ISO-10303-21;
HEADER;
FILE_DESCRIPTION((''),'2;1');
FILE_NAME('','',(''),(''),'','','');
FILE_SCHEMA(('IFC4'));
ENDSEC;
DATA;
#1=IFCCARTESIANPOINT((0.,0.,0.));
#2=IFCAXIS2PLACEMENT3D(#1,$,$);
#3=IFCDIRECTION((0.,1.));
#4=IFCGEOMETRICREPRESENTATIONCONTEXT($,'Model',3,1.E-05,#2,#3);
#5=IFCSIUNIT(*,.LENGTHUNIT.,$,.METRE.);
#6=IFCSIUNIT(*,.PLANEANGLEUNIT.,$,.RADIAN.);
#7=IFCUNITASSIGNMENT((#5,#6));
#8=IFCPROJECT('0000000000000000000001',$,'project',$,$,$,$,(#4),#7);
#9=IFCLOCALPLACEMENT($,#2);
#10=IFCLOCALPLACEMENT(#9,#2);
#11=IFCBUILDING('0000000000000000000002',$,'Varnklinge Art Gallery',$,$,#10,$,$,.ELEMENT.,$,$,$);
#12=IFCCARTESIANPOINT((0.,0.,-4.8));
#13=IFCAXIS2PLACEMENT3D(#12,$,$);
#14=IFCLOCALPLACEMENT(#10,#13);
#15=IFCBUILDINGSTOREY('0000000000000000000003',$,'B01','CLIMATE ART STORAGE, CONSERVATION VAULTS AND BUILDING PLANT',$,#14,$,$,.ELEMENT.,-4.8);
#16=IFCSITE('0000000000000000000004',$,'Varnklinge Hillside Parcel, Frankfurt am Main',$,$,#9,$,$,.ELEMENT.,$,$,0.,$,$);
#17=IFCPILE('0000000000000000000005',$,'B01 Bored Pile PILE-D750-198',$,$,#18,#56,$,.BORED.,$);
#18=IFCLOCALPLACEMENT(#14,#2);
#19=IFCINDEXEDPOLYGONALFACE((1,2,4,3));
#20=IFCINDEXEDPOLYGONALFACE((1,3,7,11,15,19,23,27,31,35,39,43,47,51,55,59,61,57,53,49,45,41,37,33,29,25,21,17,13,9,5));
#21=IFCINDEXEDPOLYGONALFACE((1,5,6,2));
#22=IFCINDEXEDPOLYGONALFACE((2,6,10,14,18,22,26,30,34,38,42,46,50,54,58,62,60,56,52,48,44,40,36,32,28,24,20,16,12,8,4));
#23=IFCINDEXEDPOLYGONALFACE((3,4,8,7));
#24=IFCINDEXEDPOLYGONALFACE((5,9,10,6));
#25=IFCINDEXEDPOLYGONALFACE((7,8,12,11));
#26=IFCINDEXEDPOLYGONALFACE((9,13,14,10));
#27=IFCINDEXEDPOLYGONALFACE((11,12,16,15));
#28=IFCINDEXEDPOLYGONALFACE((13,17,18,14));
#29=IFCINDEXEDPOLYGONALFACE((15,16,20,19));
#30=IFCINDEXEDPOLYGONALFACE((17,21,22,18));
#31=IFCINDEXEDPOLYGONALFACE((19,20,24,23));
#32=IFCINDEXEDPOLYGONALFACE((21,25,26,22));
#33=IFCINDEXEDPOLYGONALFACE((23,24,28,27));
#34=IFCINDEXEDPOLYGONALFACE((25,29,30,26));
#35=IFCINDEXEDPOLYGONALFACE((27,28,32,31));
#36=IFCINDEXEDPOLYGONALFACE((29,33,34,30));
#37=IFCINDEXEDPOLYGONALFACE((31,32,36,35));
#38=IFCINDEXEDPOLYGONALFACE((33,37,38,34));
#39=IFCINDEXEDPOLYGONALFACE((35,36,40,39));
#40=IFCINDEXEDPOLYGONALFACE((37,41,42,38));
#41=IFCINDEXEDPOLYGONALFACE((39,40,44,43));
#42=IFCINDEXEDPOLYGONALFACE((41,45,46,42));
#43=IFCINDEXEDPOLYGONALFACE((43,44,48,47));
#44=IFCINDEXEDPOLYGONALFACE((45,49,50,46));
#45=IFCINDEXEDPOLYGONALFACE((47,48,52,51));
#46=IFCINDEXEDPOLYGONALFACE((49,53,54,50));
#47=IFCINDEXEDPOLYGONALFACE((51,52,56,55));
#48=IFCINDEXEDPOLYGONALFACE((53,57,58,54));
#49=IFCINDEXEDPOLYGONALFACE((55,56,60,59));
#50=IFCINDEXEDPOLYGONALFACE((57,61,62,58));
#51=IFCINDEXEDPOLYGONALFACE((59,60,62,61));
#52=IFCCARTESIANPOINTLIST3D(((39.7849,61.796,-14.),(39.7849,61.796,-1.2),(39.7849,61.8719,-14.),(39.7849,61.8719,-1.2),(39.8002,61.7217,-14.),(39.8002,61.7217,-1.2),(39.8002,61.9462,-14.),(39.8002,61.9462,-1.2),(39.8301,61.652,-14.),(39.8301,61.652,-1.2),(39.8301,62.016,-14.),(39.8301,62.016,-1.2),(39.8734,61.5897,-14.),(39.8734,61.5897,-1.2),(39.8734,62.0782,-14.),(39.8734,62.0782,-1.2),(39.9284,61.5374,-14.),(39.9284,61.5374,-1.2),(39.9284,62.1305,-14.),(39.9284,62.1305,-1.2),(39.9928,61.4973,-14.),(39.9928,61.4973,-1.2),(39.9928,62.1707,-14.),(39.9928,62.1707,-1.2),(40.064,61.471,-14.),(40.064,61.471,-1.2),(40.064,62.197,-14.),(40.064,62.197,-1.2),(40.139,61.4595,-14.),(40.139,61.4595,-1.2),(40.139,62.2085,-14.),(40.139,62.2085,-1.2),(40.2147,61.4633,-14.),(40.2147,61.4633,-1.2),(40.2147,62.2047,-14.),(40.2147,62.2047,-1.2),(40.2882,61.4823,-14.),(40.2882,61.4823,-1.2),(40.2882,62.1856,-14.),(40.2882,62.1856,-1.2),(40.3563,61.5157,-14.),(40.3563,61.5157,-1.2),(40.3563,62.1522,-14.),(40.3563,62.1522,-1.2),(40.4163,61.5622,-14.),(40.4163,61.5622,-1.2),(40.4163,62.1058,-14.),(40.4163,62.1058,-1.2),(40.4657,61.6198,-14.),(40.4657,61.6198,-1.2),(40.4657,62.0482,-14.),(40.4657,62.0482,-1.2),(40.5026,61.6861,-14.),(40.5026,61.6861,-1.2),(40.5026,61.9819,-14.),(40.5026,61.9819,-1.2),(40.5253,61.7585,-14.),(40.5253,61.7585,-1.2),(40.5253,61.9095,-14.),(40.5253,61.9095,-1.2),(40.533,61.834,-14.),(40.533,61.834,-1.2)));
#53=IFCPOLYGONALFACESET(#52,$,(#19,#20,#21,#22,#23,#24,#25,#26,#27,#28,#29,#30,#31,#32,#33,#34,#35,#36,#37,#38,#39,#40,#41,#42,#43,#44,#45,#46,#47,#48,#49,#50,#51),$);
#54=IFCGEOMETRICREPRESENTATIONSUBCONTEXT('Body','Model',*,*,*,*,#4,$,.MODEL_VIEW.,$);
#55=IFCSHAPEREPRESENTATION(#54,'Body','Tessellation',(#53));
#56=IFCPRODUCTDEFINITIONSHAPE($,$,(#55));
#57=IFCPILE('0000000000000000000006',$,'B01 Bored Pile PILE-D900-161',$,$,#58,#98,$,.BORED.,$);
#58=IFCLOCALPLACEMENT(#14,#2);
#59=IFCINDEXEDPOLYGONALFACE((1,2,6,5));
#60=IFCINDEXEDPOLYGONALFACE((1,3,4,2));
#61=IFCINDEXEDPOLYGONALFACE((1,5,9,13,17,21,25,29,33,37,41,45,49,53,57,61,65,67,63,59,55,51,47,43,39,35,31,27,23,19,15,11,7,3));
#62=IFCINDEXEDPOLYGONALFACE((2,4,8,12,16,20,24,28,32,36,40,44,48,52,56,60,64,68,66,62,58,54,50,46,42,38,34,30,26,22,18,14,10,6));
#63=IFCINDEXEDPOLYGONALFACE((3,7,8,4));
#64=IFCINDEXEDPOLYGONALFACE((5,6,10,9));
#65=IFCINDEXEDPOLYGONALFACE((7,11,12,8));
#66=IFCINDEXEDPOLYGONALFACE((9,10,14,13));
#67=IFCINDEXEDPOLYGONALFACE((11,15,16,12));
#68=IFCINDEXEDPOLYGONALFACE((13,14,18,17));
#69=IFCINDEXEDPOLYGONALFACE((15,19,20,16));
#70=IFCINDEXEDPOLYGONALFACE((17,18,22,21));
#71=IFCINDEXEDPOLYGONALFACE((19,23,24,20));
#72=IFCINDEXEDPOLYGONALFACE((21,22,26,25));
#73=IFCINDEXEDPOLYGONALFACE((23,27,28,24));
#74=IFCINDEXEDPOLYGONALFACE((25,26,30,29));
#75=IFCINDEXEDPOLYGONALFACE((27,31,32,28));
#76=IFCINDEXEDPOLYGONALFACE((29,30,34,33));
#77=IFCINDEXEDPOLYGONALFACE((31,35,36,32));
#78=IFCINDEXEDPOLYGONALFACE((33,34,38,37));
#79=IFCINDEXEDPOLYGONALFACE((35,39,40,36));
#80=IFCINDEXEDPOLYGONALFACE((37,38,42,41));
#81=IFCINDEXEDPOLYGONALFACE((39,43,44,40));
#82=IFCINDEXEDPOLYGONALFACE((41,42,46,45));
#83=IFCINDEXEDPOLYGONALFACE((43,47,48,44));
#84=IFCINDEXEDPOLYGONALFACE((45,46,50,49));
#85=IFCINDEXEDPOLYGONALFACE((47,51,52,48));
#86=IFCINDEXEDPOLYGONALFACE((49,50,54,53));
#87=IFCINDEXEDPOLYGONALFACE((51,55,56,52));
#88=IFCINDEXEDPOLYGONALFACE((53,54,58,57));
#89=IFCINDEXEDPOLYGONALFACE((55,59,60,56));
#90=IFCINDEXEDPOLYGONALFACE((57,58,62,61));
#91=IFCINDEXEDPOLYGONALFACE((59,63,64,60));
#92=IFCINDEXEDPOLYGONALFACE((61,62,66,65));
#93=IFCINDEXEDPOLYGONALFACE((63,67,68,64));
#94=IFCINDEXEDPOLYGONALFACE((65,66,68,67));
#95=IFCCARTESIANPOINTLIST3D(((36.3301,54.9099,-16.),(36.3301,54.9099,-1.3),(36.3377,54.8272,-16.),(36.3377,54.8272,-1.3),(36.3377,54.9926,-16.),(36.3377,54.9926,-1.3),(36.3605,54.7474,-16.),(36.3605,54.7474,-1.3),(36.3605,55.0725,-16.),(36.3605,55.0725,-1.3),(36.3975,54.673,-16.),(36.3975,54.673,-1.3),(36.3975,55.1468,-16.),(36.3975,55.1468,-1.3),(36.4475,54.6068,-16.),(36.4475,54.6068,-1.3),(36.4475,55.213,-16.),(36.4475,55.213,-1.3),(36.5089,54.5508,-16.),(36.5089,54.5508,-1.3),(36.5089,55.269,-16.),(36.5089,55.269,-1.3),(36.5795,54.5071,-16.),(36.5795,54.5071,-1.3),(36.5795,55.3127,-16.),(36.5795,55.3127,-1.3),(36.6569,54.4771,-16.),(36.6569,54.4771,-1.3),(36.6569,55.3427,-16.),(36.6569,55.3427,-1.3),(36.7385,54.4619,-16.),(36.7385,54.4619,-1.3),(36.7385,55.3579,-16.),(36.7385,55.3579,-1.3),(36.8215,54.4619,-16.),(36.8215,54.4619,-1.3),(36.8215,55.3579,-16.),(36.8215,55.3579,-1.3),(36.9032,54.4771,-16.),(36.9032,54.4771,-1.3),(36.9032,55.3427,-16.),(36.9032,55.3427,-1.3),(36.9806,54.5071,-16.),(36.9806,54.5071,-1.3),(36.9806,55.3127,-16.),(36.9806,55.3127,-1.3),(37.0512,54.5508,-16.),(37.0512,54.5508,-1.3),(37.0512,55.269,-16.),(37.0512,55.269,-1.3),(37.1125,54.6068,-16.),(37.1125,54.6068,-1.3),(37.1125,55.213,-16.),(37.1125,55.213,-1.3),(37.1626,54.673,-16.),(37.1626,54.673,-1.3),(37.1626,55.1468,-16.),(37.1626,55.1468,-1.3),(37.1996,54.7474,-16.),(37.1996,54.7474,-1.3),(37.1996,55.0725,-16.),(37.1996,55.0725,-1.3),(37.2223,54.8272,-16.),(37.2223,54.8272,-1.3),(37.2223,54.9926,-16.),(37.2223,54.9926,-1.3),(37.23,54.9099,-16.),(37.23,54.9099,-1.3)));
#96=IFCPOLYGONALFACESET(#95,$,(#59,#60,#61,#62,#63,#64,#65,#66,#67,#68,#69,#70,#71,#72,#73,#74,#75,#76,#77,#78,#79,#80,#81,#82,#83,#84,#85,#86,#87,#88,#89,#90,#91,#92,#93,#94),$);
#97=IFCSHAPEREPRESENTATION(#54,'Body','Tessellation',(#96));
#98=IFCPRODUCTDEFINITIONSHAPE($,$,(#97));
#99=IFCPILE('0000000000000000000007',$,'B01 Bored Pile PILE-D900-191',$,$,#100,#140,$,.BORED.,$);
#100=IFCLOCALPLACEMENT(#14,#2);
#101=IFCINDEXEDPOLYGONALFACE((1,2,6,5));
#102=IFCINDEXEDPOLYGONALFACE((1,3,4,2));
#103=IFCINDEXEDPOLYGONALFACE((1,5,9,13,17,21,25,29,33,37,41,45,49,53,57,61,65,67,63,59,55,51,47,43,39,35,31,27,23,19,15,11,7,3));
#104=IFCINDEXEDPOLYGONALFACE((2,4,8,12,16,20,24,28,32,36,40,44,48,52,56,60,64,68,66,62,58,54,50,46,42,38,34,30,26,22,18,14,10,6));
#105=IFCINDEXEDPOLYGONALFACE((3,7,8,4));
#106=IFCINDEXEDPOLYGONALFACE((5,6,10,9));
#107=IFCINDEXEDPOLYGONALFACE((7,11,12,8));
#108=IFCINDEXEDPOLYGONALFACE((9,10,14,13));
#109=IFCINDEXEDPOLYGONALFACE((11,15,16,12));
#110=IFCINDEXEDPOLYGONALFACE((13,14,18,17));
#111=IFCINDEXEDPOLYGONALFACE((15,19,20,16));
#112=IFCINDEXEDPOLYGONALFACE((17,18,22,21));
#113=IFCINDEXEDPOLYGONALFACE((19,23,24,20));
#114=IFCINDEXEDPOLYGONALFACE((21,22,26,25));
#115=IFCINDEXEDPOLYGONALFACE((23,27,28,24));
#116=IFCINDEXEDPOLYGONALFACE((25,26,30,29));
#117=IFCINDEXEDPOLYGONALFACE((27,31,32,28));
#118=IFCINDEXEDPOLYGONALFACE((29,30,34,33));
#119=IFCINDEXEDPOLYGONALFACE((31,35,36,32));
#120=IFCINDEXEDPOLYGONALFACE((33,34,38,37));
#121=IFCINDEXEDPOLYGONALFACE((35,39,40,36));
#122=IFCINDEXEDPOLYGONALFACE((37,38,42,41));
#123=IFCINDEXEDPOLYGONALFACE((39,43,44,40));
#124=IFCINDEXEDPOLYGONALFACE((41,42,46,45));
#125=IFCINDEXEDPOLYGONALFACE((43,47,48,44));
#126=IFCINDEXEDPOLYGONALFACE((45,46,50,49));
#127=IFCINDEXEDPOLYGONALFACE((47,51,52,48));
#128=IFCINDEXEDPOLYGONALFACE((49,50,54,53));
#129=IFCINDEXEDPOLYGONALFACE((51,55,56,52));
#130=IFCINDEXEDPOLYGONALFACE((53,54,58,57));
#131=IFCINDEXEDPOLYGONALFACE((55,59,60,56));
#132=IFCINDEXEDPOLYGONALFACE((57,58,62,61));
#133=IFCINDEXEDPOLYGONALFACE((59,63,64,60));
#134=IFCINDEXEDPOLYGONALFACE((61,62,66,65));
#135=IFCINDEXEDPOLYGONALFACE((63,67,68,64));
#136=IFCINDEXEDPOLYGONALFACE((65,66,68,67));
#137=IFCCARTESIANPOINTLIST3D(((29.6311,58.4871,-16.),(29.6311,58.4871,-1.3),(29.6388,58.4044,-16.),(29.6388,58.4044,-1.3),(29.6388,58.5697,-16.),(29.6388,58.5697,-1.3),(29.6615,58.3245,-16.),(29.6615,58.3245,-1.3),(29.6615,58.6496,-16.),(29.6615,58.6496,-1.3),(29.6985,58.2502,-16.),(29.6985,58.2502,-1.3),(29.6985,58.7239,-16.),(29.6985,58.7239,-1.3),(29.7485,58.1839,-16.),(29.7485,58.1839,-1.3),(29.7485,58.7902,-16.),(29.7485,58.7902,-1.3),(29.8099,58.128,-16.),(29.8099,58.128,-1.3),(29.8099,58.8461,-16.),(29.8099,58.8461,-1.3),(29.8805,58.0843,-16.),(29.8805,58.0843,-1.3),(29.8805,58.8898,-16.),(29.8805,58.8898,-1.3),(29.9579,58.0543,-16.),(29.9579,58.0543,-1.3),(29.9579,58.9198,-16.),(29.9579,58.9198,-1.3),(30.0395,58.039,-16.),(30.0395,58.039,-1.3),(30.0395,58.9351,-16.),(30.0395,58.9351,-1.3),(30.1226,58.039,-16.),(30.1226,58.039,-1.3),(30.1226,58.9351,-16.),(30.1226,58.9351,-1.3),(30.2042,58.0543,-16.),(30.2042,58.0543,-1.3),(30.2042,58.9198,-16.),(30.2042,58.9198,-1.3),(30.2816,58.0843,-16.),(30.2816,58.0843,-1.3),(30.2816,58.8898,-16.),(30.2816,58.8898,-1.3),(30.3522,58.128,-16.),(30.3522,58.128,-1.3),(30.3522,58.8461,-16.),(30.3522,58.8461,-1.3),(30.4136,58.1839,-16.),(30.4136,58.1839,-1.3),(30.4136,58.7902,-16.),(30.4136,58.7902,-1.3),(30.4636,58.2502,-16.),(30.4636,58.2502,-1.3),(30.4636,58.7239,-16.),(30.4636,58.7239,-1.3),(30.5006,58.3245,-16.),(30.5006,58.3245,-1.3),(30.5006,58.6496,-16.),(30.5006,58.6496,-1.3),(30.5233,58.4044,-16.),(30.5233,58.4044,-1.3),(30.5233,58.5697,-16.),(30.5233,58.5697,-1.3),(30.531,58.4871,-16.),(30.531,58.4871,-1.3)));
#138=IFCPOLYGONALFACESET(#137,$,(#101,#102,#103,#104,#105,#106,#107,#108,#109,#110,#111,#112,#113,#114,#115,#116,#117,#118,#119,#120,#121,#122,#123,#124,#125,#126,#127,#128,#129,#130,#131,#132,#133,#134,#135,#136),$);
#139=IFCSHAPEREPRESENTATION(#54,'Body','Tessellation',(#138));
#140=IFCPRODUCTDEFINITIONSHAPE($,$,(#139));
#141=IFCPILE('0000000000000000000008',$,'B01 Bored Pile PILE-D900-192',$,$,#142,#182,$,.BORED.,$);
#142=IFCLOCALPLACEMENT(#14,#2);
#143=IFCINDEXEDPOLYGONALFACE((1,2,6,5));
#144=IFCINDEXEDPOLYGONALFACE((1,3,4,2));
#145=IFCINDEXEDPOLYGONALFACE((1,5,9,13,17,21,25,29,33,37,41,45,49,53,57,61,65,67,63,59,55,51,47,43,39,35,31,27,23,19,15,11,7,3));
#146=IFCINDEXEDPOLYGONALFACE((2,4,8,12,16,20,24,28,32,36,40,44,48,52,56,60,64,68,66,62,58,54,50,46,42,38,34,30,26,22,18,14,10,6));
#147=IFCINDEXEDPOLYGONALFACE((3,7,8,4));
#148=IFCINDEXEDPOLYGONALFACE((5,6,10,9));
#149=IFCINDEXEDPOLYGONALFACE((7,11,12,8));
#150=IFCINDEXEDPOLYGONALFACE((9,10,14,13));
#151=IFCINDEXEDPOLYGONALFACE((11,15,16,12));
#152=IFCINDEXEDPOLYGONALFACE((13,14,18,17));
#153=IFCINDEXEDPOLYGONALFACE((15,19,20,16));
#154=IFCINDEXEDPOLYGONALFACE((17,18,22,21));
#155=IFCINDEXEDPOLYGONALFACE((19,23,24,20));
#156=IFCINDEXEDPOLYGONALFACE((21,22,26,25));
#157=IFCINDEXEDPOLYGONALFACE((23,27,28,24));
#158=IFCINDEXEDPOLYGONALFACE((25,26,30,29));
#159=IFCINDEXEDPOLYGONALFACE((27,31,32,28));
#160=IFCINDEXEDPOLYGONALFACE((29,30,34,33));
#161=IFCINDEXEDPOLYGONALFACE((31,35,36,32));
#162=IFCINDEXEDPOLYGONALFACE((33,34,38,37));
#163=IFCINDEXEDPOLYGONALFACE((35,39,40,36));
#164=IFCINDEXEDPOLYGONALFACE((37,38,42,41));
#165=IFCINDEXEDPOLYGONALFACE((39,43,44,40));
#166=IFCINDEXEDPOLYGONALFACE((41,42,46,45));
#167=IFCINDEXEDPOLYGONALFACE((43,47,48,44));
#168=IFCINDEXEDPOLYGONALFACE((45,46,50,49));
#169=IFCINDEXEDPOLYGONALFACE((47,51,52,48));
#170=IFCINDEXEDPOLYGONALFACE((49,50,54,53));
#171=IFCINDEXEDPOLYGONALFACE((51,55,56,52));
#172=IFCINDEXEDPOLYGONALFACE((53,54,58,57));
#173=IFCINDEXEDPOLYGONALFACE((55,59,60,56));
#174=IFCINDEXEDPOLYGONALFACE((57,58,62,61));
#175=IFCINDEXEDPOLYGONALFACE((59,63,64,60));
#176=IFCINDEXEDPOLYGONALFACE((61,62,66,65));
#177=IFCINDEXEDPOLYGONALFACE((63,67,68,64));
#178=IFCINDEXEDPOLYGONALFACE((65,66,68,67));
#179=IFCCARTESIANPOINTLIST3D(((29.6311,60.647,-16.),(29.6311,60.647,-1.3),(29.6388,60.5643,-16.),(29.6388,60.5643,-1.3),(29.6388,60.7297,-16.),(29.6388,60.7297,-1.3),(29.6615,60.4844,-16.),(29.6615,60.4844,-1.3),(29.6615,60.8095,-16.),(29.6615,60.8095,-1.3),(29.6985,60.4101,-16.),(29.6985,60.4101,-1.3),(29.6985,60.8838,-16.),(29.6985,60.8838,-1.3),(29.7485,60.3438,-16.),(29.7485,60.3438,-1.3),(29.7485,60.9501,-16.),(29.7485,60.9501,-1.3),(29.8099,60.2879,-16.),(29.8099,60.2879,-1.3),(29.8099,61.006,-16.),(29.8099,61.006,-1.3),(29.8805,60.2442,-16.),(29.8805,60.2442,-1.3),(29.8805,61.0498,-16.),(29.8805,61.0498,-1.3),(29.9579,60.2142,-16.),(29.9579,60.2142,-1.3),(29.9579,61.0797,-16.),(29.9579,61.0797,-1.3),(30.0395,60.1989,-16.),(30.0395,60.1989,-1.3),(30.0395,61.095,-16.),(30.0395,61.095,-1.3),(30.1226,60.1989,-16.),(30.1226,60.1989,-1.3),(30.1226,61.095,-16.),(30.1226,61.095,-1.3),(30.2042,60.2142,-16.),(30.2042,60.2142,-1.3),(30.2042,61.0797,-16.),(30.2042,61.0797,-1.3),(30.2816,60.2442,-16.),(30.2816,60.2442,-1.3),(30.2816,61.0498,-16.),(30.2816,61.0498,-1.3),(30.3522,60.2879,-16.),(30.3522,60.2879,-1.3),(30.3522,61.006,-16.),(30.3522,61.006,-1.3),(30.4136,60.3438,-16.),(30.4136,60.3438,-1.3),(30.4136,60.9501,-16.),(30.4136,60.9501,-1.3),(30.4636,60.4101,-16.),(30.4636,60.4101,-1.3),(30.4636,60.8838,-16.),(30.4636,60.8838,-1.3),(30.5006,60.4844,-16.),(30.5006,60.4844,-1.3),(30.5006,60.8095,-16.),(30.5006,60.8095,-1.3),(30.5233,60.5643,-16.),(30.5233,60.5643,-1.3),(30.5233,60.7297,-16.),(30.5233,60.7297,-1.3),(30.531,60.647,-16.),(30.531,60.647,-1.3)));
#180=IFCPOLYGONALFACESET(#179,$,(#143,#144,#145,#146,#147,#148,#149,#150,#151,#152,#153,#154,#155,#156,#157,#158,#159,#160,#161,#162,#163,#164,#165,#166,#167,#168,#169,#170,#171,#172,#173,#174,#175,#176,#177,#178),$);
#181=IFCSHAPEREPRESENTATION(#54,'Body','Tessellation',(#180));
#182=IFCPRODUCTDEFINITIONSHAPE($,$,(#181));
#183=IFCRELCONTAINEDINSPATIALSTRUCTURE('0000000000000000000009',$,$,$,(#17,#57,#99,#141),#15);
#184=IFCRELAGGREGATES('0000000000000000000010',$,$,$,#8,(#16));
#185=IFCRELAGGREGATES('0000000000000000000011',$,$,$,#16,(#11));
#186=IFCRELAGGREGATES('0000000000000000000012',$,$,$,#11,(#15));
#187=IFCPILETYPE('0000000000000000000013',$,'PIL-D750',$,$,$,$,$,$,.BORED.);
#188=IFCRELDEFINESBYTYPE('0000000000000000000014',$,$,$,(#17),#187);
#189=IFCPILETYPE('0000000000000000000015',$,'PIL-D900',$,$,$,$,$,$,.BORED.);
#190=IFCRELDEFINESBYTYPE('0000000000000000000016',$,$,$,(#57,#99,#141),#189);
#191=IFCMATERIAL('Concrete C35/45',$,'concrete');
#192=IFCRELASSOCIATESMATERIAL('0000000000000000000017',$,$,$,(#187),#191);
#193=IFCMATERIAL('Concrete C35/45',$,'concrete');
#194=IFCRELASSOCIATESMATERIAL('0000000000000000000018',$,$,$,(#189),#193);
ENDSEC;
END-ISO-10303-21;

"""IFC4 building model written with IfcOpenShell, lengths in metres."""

from ifc_helpers import new_model, si_unit, direction, frame, origin, origin_2d, place, context, subcontext, project, spatial, circle, extrude, material, material_profile, profile_set, type_object, element, save


model = new_model("IFC4")

# Units and contexts
model_context = context("Model", 3, precision=1e-05, world=origin(), true_north=direction((0.0, 1.0)))
body_context = subcontext(model_context, "Body", "Model", "MODEL_VIEW")
ifc_project = project(units=[si_unit("LENGTHUNIT", "METRE"), si_unit("PLANEANGLEUNIT", "RADIAN")], contexts=[model_context])

# Site, building, storey
site_placement = place(None, origin())
site = spatial("IfcSite", under=ifc_project, at=site_placement, Name="Varnklinge Hillside Parcel, Frankfurt am Main", CompositionType="ELEMENT", RefElevation=0.0)
building_placement = place(site_placement, origin())
building = spatial("IfcBuilding", under=site, at=building_placement, Name="Varnklinge Art Gallery", CompositionType="ELEMENT")
storey_placement = place(building_placement, frame((0.0, 0.0, -4.8)))
storey = spatial("IfcBuildingStorey", under=building, at=storey_placement, Name="B01", Description="CLIMATE ART STORAGE, CONSERVATION VAULTS AND BUILDING PLANT", CompositionType="ELEMENT", Elevation=-4.8)

# Piles
ifc_material_1 = material(Name="Concrete C35/45", Category="concrete")
ifc_material_profile_1 = material_profile(ifc_material_1, circle(Radius=0.375, at=origin_2d()), Name="PILE D750")
ifc_profile_set_1 = profile_set([ifc_material_profile_1], Name="Concrete C35/45")
pile_type_1 = type_object("IfcPileType", Name="PIL-D750", PredefinedType="BORED", material=ifc_profile_set_1)
for number, where, z_axis, x_axis, name in (
    (1, (40.158, 61.834, -1.2), (0.0, 0.0, -1.0), (1.0, 0.0, 0.0), "B01 Bored Pile PILE-D750-198"),
):
    element("IfcPile", number, at=place(storey_placement, frame(where, z_axis=z_axis, x_axis=x_axis)), inside=storey, type_object=pile_type_1, Name=name, PredefinedType="BORED", context=body_context, shape_type="SweptSolid", body=[
        extrude(circle(Radius=0.375, at=origin_2d()), origin(), (0.0, 0.0, 1.0), 12.8),
    ])
ifc_material_2 = material(Name="Concrete C35/45", Category="concrete")
ifc_material_profile_2 = material_profile(ifc_material_2, circle(Radius=0.45, at=origin_2d()), Name="PILE D900")
ifc_profile_set_2 = profile_set([ifc_material_profile_2], Name="Concrete C35/45")
pile_type_2 = type_object("IfcPileType", Name="PIL-D900", PredefinedType="BORED", material=ifc_profile_set_2)
for number, where, z_axis, x_axis, name in (
    (2, (36.78, 54.9099, -1.3), (0.0, 0.0, -1.0), (1.0, 0.0, 0.0), "B01 Bored Pile PILE-D900-161"),
    (3, (30.0811, 58.4871, -1.3), (0.0, 0.0, -1.0), (1.0, 0.0, 0.0), "B01 Bored Pile PILE-D900-191"),
    (4, (30.0811, 60.647, -1.3), (0.0, 0.0, -1.0), (1.0, 0.0, 0.0), "B01 Bored Pile PILE-D900-192"),
):
    element("IfcPile", number, at=place(storey_placement, frame(where, z_axis=z_axis, x_axis=x_axis)), inside=storey, type_object=pile_type_2, Name=name, PredefinedType="BORED", context=body_context, shape_type="SweptSolid", body=[
        extrude(circle(Radius=0.45, at=origin_2d()), origin(), (0.0, 0.0, 1.0), 14.7),
    ])

save(model, "model.ifc")
